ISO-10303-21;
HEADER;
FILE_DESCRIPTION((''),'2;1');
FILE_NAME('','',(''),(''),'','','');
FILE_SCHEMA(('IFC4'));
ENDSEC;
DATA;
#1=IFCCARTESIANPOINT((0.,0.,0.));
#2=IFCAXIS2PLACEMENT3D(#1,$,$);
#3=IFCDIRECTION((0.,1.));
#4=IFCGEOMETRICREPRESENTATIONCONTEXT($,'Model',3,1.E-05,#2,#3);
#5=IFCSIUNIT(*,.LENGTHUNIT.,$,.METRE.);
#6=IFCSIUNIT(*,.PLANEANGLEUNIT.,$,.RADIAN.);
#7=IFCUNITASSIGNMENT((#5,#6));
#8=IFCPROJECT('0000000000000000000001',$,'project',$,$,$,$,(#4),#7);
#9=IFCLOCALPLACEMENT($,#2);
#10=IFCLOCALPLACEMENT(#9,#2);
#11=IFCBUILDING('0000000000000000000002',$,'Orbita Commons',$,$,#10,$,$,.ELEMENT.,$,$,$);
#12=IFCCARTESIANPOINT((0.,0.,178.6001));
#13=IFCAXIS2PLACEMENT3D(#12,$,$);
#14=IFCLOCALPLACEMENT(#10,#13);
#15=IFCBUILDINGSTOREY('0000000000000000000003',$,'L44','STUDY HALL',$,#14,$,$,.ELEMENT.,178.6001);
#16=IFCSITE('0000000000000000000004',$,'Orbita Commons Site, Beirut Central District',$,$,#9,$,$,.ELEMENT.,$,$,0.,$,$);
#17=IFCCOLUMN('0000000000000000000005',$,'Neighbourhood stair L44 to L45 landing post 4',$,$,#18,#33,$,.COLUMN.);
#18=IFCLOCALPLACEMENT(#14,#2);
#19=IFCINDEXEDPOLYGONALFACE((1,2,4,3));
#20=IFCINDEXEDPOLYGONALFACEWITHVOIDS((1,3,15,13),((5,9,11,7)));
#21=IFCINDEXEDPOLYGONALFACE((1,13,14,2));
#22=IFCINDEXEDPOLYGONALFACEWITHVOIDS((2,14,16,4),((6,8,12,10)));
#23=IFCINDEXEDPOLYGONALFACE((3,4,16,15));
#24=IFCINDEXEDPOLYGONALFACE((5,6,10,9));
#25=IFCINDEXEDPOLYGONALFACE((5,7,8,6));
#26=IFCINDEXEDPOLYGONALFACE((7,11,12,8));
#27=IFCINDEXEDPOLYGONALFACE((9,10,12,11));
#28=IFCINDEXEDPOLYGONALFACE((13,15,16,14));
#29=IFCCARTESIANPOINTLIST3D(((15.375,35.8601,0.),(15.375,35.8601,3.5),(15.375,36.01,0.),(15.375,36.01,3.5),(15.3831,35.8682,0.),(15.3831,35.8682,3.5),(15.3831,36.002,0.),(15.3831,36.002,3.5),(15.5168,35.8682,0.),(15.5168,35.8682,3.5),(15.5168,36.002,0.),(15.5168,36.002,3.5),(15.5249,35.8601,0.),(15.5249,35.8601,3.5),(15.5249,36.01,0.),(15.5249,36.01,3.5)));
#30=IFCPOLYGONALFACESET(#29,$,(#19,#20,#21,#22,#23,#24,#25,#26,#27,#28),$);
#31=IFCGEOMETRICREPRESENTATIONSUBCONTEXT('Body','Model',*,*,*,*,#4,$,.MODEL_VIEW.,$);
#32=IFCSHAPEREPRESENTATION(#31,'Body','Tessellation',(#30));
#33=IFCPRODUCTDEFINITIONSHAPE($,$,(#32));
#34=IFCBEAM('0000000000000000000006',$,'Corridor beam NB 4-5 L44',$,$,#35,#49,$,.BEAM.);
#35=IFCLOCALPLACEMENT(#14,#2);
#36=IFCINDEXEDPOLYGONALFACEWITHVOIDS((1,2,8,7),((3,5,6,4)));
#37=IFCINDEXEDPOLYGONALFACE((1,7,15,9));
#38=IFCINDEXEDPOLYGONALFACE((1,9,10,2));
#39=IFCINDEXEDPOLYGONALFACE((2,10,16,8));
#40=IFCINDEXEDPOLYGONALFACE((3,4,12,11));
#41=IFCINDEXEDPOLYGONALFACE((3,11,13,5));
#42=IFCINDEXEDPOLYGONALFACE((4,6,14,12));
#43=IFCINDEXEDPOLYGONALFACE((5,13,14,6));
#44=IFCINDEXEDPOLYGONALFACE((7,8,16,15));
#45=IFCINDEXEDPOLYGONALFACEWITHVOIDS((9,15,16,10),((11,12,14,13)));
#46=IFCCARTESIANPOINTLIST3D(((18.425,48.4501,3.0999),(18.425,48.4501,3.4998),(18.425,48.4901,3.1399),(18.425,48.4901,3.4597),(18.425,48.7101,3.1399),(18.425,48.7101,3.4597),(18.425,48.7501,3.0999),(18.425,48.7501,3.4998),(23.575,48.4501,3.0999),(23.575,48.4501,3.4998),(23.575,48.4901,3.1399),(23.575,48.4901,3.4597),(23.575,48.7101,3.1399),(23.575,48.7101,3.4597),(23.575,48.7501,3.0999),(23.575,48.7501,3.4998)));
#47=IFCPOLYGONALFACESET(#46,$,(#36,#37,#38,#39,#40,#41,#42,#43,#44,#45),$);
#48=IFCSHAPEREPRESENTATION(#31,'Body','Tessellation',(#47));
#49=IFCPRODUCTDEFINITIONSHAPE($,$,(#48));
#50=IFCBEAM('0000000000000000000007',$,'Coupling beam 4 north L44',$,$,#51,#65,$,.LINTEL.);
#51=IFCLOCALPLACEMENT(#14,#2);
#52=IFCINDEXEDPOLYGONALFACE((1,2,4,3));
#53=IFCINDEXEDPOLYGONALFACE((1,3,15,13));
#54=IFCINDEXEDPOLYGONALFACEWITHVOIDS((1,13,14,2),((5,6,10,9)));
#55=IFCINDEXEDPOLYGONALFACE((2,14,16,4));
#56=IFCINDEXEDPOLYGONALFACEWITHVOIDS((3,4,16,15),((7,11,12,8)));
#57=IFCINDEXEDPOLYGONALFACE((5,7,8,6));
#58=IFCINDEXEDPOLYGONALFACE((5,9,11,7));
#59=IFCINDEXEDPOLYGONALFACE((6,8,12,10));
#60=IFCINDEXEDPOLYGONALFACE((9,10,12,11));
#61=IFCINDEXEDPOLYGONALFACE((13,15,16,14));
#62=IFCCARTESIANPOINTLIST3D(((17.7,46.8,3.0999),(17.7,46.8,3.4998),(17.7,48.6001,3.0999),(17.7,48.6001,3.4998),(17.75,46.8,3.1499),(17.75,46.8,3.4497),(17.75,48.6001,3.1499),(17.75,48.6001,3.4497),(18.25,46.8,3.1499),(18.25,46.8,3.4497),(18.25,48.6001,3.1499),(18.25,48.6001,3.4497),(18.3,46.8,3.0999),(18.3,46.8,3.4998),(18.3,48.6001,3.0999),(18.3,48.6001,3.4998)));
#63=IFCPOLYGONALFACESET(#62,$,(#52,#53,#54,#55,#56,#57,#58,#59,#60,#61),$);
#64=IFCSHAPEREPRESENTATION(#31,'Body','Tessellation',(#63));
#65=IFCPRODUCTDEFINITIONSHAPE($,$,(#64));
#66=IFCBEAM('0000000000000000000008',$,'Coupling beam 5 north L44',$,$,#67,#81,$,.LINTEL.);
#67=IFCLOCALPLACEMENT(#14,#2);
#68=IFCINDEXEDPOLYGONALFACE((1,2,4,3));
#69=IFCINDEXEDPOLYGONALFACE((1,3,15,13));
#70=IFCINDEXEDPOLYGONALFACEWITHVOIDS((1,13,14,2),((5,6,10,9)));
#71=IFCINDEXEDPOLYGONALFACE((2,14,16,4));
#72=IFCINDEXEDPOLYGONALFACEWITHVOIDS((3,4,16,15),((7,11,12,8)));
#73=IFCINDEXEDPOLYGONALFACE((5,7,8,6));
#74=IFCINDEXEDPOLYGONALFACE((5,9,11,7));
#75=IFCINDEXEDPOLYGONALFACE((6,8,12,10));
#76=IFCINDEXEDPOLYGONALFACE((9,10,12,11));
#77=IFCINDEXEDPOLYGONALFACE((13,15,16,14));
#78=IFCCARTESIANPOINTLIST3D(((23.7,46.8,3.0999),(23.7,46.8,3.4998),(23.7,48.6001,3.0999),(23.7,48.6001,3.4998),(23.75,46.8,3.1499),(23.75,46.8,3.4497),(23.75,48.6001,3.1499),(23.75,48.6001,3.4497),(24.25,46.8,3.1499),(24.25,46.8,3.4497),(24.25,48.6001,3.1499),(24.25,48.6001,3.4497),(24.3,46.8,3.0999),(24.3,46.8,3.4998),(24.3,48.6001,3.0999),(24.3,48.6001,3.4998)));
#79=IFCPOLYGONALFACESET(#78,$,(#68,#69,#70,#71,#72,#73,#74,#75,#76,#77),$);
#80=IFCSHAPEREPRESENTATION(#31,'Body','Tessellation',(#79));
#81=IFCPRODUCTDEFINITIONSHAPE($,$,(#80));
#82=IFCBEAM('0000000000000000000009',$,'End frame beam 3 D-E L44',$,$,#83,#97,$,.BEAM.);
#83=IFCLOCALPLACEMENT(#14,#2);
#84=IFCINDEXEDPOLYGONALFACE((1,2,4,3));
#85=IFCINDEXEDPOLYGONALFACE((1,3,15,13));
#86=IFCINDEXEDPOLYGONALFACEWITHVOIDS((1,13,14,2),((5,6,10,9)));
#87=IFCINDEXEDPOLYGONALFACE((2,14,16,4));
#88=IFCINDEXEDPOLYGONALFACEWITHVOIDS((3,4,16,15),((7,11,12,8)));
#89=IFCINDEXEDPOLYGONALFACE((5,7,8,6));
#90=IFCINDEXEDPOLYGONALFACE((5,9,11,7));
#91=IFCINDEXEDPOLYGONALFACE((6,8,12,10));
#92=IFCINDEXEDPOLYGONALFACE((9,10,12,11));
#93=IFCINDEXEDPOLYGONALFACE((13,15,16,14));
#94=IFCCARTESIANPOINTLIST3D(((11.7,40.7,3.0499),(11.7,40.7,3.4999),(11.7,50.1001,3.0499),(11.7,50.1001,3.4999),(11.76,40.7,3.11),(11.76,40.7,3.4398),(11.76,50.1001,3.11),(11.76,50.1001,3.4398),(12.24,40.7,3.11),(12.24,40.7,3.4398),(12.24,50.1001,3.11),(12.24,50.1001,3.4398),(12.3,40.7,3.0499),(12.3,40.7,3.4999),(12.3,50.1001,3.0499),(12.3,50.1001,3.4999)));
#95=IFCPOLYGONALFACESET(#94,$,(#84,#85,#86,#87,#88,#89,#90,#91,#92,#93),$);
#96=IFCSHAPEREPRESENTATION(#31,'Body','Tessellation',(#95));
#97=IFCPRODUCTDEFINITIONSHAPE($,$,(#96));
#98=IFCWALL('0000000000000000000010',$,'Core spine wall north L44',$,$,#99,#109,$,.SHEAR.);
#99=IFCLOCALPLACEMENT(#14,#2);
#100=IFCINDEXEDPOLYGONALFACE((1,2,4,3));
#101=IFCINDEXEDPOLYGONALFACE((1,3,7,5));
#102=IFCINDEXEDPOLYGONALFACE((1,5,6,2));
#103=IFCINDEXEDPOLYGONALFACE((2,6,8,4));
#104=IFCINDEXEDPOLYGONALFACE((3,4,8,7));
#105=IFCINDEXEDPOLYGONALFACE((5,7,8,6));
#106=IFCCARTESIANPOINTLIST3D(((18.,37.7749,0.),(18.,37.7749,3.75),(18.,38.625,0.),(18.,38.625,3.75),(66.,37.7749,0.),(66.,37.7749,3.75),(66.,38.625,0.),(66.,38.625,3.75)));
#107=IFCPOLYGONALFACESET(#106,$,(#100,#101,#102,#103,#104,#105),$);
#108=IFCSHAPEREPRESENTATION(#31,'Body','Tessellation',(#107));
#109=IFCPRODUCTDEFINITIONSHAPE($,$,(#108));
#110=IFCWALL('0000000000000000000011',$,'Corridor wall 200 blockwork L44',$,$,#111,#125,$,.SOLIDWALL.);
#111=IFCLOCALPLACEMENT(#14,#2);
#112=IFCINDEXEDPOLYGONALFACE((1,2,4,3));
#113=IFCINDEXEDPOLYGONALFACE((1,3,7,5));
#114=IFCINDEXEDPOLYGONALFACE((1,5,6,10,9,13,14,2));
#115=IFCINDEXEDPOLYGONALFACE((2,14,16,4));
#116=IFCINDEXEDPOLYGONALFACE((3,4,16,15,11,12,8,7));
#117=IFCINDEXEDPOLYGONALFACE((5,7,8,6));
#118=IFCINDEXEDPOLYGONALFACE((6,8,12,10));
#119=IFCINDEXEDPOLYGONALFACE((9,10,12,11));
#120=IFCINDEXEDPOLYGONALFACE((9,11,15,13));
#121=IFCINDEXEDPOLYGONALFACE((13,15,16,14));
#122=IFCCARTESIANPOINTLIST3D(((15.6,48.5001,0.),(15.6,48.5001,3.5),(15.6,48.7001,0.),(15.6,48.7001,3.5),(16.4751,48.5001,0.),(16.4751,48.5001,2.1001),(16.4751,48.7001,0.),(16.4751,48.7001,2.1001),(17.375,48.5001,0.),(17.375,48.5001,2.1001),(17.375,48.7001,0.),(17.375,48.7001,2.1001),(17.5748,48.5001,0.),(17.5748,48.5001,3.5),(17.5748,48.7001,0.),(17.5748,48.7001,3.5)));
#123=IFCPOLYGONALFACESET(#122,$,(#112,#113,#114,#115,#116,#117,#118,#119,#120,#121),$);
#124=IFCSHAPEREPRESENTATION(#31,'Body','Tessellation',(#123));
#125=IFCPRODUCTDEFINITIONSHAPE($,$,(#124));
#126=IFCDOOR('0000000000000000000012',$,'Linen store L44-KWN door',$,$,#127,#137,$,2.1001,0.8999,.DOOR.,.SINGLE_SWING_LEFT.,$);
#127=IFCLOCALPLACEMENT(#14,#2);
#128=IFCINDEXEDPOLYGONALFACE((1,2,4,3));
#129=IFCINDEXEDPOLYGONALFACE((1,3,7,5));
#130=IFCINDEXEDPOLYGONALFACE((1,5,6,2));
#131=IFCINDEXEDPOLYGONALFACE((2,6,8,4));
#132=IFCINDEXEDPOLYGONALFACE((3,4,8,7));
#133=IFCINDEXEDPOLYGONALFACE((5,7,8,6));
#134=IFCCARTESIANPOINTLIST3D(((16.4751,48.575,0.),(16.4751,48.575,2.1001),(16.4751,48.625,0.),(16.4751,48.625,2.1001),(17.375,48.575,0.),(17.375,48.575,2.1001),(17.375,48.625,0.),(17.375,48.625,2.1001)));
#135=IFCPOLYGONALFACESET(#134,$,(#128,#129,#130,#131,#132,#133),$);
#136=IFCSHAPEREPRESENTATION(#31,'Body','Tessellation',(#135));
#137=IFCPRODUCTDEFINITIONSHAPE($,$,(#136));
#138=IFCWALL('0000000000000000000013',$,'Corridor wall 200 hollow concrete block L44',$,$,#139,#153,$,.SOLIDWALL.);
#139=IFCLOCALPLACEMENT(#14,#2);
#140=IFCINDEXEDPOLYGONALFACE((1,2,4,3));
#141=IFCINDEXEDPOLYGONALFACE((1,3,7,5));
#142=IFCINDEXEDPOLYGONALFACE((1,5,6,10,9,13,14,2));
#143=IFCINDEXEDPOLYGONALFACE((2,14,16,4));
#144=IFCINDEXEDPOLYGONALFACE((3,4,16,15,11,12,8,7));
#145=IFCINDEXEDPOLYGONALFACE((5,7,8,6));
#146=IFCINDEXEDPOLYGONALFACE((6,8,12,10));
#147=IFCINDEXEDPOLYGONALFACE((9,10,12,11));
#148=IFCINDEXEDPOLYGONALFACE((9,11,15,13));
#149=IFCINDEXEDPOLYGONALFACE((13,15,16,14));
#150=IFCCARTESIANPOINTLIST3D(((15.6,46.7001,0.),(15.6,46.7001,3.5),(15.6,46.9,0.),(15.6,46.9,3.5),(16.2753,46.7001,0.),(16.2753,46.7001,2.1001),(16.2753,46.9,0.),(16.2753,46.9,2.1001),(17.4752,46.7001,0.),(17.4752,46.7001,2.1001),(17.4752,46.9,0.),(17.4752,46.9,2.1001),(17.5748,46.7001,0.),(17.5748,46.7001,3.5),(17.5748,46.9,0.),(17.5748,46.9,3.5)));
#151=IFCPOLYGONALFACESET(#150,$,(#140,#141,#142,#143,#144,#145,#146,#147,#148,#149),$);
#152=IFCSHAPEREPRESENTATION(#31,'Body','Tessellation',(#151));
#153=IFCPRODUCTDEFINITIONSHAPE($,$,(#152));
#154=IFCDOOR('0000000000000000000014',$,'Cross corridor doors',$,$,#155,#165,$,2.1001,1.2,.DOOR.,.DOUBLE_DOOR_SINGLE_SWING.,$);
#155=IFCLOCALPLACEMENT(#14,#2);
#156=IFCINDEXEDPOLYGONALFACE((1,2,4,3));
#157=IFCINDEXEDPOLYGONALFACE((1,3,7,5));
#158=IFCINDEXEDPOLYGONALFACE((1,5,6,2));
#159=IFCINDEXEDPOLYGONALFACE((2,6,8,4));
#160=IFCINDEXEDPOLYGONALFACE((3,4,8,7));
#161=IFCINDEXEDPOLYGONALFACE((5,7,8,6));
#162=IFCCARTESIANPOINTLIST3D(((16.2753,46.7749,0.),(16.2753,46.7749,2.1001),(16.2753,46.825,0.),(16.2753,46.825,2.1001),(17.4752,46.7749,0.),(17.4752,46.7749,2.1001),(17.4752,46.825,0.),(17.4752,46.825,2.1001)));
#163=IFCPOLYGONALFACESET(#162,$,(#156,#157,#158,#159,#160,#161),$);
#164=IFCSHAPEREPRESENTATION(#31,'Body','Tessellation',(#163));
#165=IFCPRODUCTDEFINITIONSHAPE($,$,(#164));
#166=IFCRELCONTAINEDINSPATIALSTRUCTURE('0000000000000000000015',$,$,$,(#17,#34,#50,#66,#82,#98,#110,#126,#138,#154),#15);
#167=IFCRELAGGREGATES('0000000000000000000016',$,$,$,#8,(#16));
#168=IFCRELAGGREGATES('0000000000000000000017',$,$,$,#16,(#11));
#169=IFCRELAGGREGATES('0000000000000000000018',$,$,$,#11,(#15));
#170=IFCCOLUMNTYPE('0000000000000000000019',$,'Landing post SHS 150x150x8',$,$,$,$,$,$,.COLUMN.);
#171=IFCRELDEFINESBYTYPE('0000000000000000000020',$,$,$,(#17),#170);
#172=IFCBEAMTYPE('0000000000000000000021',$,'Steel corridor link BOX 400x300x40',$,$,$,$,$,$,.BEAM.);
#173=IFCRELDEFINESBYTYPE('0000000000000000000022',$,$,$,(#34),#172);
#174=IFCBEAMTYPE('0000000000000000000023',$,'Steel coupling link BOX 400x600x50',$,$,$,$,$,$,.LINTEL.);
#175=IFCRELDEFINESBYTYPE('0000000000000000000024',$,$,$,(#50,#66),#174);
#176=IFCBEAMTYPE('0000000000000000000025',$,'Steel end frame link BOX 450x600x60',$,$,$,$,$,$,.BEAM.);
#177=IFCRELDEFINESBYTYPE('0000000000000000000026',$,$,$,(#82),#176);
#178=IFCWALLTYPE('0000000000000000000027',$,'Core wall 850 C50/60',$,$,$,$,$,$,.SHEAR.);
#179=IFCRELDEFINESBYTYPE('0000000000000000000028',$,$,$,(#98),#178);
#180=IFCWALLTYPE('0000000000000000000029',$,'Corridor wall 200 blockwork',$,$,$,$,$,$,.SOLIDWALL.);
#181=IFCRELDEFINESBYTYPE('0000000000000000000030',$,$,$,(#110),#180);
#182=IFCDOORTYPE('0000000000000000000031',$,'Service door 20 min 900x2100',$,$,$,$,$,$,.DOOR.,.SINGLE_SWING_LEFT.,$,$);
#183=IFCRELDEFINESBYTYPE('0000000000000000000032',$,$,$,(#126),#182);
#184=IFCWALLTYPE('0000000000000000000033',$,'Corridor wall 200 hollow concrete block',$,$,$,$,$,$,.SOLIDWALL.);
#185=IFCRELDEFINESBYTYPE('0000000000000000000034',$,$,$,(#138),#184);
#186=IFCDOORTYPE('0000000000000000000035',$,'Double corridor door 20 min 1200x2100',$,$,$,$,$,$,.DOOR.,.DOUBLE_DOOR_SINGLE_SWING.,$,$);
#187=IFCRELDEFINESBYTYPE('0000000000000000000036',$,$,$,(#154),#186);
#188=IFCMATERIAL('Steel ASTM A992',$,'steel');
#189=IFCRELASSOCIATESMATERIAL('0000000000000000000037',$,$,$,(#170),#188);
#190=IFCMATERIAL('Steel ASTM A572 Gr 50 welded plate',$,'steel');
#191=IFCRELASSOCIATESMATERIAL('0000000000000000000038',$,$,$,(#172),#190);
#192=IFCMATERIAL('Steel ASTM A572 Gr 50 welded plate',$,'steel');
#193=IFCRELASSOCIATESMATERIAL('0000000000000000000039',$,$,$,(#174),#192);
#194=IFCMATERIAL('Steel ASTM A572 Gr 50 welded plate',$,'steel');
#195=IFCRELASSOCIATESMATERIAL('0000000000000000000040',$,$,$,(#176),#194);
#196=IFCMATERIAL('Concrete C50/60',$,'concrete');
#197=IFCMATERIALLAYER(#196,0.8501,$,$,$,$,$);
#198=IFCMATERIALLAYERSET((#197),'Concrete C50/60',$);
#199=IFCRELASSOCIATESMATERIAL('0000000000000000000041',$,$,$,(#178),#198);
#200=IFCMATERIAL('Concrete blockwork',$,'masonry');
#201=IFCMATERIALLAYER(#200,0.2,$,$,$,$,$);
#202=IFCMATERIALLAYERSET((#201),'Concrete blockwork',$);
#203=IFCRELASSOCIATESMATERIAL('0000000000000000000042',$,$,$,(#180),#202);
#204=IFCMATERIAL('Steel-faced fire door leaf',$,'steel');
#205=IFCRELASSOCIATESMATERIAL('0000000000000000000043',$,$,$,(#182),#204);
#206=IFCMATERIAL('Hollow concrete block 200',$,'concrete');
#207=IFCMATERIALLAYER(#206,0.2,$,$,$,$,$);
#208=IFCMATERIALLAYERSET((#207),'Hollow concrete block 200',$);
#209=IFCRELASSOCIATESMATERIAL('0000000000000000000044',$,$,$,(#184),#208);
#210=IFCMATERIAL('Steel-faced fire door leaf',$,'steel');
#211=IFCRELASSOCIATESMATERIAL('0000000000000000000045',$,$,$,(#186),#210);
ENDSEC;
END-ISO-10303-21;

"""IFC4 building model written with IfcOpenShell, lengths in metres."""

from ifc_helpers import new_model, si_unit, direction, frame, frame_2d, origin, origin_2d, place, context, subcontext, project, spatial, rectangle, hollow_rectangle, extrude, material, layer, layer_set, material_profile, profile_set, type_object, element, fill, save


model = new_model("IFC4")

# Units and contexts
model_context = context("Model", 3, precision=1e-05, world=origin(), true_north=direction((0.0, 1.0)))
body_context = subcontext(model_context, "Body", "Model", "MODEL_VIEW")
ifc_project = project(units=[si_unit("LENGTHUNIT", "METRE"), si_unit("PLANEANGLEUNIT", "RADIAN")], contexts=[model_context])

# Site, building, storey
site_placement = place(None, origin())
site = spatial("IfcSite", under=ifc_project, at=site_placement, Name="Orbita Commons Site, Beirut Central District", CompositionType="ELEMENT", RefElevation=0.0)
building_placement = place(site_placement, origin())
building = spatial("IfcBuilding", under=site, at=building_placement, Name="Orbita Commons", CompositionType="ELEMENT")
storey_placement = place(building_placement, frame((0.0, 0.0, 178.6001)))
storey = spatial("IfcBuildingStorey", under=building, at=storey_placement, Name="L44", Description="STUDY HALL", CompositionType="ELEMENT", Elevation=178.6001)

# Column
ifc_material_1 = material(Name="Steel ASTM A992", Category="steel")
ifc_material_profile_1 = material_profile(ifc_material_1, hollow_rectangle(XDim=0.1499, YDim=0.1499, WallThickness=0.0081, at=origin_2d()), Name="SHS 150x150x8")
ifc_profile_set_1 = profile_set([ifc_material_profile_1], Name="Steel ASTM A992")
column_type = type_object("IfcColumnType", Name="Landing post SHS 150x150x8", PredefinedType="COLUMN", material=ifc_profile_set_1)
column_placement = place(storey_placement, frame((15.45, 35.9351, 0.0), z_axis=(0.0, 0.0, 1.0), x_axis=(1.0, 0.0, 0.0)))
element("IfcColumn", 1, at=column_placement, inside=storey, type_object=column_type, Name="Neighbourhood stair L44 to L45 landing post 4", PredefinedType="COLUMN", context=body_context, shape_type="SweptSolid", body=[
    extrude(hollow_rectangle(XDim=0.1499, YDim=0.1499, WallThickness=0.0081, at=origin_2d()), origin(), (0.0, 0.0, 1.0), 3.5),
])

# Beams
ifc_material_2 = material(Name="Steel ASTM A572 Gr 50 welded plate", Category="steel")
ifc_material_profile_2 = material_profile(ifc_material_2, hollow_rectangle(XDim=0.3, YDim=0.3999, WallThickness=0.04, at=origin_2d()), Name="BOX 400x300x40")
ifc_profile_set_2 = profile_set([ifc_material_profile_2], Name="Steel ASTM A572 Gr 50 welded plate")
beam_type_1 = type_object("IfcBeamType", Name="Steel corridor link BOX 400x300x40", PredefinedType="BEAM", material=ifc_profile_set_2)
beam_1_placement = place(storey_placement, frame((18.425, 48.6001, 3.2998), z_axis=(1.0, 0.0, 0.0), x_axis=(0.0, 1.0, 0.0)))
element("IfcBeam", 2, at=beam_1_placement, inside=storey, type_object=beam_type_1, Name="Corridor beam NB 4-5 L44", PredefinedType="BEAM", context=body_context, shape_type="SweptSolid", body=[
    extrude(hollow_rectangle(XDim=0.3, YDim=0.3999, WallThickness=0.04, at=origin_2d()), origin(), (0.0, 0.0, 1.0), 5.1499),
])
ifc_material_3 = material(Name="Steel ASTM A572 Gr 50 welded plate", Category="steel")
ifc_material_profile_3 = material_profile(ifc_material_3, hollow_rectangle(XDim=0.6001, YDim=0.3999, WallThickness=0.05, at=origin_2d()), Name="BOX 400x600x50")
ifc_profile_set_3 = profile_set([ifc_material_profile_3], Name="Steel ASTM A572 Gr 50 welded plate")
beam_type_2 = type_object("IfcBeamType", Name="Steel coupling link BOX 400x600x50", PredefinedType="LINTEL", material=ifc_profile_set_3)
for number, where, z_axis, x_axis, name in (
    (3, (18.0, 46.8, 3.2998), (0.0, 1.0, 0.0), (-1.0, 0.0, 0.0), "Coupling beam 4 north L44"),
    (4, (24.0, 46.8, 3.2998), (0.0, 1.0, 0.0), (-1.0, 0.0, 0.0), "Coupling beam 5 north L44"),
):
    element("IfcBeam", number, at=place(storey_placement, frame(where, z_axis=z_axis, x_axis=x_axis)), inside=storey, type_object=beam_type_2, Name=name, PredefinedType="LINTEL", context=body_context, shape_type="SweptSolid", body=[
        extrude(hollow_rectangle(XDim=0.6001, YDim=0.3999, WallThickness=0.05, at=origin_2d()), origin(), (0.0, 0.0, 1.0), 1.8),
    ])
ifc_material_4 = material(Name="Steel ASTM A572 Gr 50 welded plate", Category="steel")
ifc_material_profile_4 = material_profile(ifc_material_4, hollow_rectangle(XDim=0.6001, YDim=0.45, WallThickness=0.0601, at=origin_2d()), Name="BOX 450x600x60")
ifc_profile_set_4 = profile_set([ifc_material_profile_4], Name="Steel ASTM A572 Gr 50 welded plate")
beam_type_3 = type_object("IfcBeamType", Name="Steel end frame link BOX 450x600x60", PredefinedType="BEAM", material=ifc_profile_set_4)
beam_2_placement = place(storey_placement, frame((12.0, 40.7, 3.2749), z_axis=(0.0, 1.0, 0.0), x_axis=(-1.0, 0.0, 0.0)))
element("IfcBeam", 5, at=beam_2_placement, inside=storey, type_object=beam_type_3, Name="End frame beam 3 D-E L44", PredefinedType="BEAM", context=body_context, shape_type="SweptSolid", body=[
    extrude(hollow_rectangle(XDim=0.6001, YDim=0.45, WallThickness=0.0601, at=origin_2d()), origin(), (0.0, 0.0, 1.0), 9.4001),
])

# Wall
ifc_material_5 = material(Name="Concrete C50/60", Category="concrete")
ifc_layer_1 = layer(ifc_material_5, 0.8501)
ifc_layer_set_1 = layer_set([ifc_layer_1], Name="Concrete C50/60")
wall_type_1 = type_object("IfcWallType", Name="Core wall 850 C50/60", PredefinedType="SHEAR", material=ifc_layer_set_1)
wall_1_placement = place(storey_placement, frame((18.0, 38.2, 0.0), z_axis=(0.0, 0.0, 1.0), x_axis=(1.0, 0.0, 0.0)))
element("IfcWall", 6, at=wall_1_placement, inside=storey, type_object=wall_type_1, Name="Core spine wall north L44", PredefinedType="SHEAR", context=body_context, shape_type="SweptSolid", body=[
    extrude(rectangle(XDim=48.0, YDim=0.8501, at=frame_2d((24.0, 0.0))), origin(), (0.0, 0.0, 1.0), 3.75),
])

# Walls, openings, doors
ifc_material_6 = material(Name="Concrete blockwork", Category="masonry")
ifc_layer_2 = layer(ifc_material_6, 0.2)
ifc_layer_set_2 = layer_set([ifc_layer_2], Name="Concrete blockwork")
wall_type_2 = type_object("IfcWallType", Name="Corridor wall 200 blockwork", PredefinedType="SOLIDWALL", material=ifc_layer_set_2)
wall_2_placement = place(storey_placement, frame((15.6001, 48.6001, 0.0), z_axis=(0.0, 0.0, 1.0), x_axis=(1.0, 0.0, 0.0)))
wall_2 = element("IfcWall", 7, at=wall_2_placement, inside=storey, type_object=wall_type_2, Name="Corridor wall 200 blockwork L44", PredefinedType="SOLIDWALL", context=body_context, shape_type="SweptSolid", body=[
    extrude(rectangle(XDim=1.9749, YDim=0.2, at=frame_2d((0.9873, 0.0))), origin(), (0.0, 0.0, 1.0), 3.5),
])
opening_1_placement = place(wall_2_placement, frame((0.875, 0.0, 0.0)))
opening_1 = element("IfcOpeningElement", 8, at=opening_1_placement, cuts=wall_2, PredefinedType="OPENING", context=body_context, shape_type="SweptSolid", body=[
    extrude(rectangle(XDim=0.8999, YDim=2.1001, at=frame_2d((0.45, 1.05))), frame((0.0, 0.1099, 0.0), z_axis=(0.0, -1.0, 0.0), x_axis=(1.0, 0.0, 0.0)), (0.0, 0.0, 1.0), 0.22),
])
ifc_material_7 = material(Name="Steel-faced fire door leaf", Category="steel")
door_type_1 = type_object("IfcDoorType", Name="Service door 20 min 900x2100", OperationType="SINGLE_SWING_LEFT", PredefinedType="DOOR", material=ifc_material_7)
door_1_placement = place(opening_1_placement, origin())
door_1 = element("IfcDoor", 9, at=door_1_placement, inside=storey, type_object=door_type_1, Name="Linen store L44-KWN door", OperationType="SINGLE_SWING_LEFT", OverallHeight=2.1001, OverallWidth=0.8999, PredefinedType="DOOR", context=body_context, shape_type="SweptSolid", body=[
    extrude(rectangle(XDim=0.8999, YDim=2.1001, at=frame_2d((0.45, 1.05))), frame((0.0, 0.0249, 0.0), z_axis=(0.0, -1.0, 0.0), x_axis=(1.0, 0.0, 0.0)), (0.0, 0.0, 1.0), 0.05),
])
fill(opening_1, door_1)
ifc_material_8 = material(Name="Hollow concrete block 200", Category="concrete")
ifc_layer_3 = layer(ifc_material_8, 0.2)
ifc_layer_set_3 = layer_set([ifc_layer_3], Name="Hollow concrete block 200")
wall_type_3 = type_object("IfcWallType", Name="Corridor wall 200 hollow concrete block", PredefinedType="SOLIDWALL", material=ifc_layer_set_3)
wall_3_placement = place(storey_placement, frame((15.6001, 46.8, 0.0), z_axis=(0.0, 0.0, 1.0), x_axis=(1.0, 0.0, 0.0)))
wall_3 = element("IfcWall", 10, at=wall_3_placement, inside=storey, type_object=wall_type_3, Name="Corridor wall 200 hollow concrete block L44", PredefinedType="SOLIDWALL", context=body_context, shape_type="SweptSolid", body=[
    extrude(rectangle(XDim=1.9749, YDim=0.2, at=frame_2d((0.9873, 0.0))), origin(), (0.0, 0.0, 1.0), 3.5),
])
opening_2_placement = place(wall_3_placement, frame((0.675, 0.0, 0.0)))
opening_2 = element("IfcOpeningElement", 11, at=opening_2_placement, cuts=wall_3, PredefinedType="OPENING", context=body_context, shape_type="SweptSolid", body=[
    extrude(rectangle(XDim=1.2, YDim=2.1001, at=frame_2d((0.6001, 1.05))), frame((0.0, 0.1099, 0.0), z_axis=(0.0, -1.0, 0.0), x_axis=(1.0, 0.0, 0.0)), (0.0, 0.0, 1.0), 0.22),
])
ifc_material_9 = material(Name="Steel-faced fire door leaf", Category="steel")
door_type_2 = type_object("IfcDoorType", Name="Double corridor door 20 min 1200x2100", OperationType="DOUBLE_DOOR_SINGLE_SWING", PredefinedType="DOOR", material=ifc_material_9)
door_2_placement = place(opening_2_placement, origin())
door_2 = element("IfcDoor", 12, at=door_2_placement, inside=storey, type_object=door_type_2, Name="Cross corridor doors", OperationType="DOUBLE_DOOR_SINGLE_SWING", OverallHeight=2.1001, OverallWidth=1.2, PredefinedType="DOOR", context=body_context, shape_type="SweptSolid", body=[
    extrude(rectangle(XDim=1.2, YDim=2.1001, at=frame_2d((0.6001, 1.05))), frame((0.0, 0.0249, 0.0), z_axis=(0.0, -1.0, 0.0), x_axis=(1.0, 0.0, 0.0)), (0.0, 0.0, 1.0), 0.05),
])
fill(opening_2, door_2)

save(model, "model.ifc")
